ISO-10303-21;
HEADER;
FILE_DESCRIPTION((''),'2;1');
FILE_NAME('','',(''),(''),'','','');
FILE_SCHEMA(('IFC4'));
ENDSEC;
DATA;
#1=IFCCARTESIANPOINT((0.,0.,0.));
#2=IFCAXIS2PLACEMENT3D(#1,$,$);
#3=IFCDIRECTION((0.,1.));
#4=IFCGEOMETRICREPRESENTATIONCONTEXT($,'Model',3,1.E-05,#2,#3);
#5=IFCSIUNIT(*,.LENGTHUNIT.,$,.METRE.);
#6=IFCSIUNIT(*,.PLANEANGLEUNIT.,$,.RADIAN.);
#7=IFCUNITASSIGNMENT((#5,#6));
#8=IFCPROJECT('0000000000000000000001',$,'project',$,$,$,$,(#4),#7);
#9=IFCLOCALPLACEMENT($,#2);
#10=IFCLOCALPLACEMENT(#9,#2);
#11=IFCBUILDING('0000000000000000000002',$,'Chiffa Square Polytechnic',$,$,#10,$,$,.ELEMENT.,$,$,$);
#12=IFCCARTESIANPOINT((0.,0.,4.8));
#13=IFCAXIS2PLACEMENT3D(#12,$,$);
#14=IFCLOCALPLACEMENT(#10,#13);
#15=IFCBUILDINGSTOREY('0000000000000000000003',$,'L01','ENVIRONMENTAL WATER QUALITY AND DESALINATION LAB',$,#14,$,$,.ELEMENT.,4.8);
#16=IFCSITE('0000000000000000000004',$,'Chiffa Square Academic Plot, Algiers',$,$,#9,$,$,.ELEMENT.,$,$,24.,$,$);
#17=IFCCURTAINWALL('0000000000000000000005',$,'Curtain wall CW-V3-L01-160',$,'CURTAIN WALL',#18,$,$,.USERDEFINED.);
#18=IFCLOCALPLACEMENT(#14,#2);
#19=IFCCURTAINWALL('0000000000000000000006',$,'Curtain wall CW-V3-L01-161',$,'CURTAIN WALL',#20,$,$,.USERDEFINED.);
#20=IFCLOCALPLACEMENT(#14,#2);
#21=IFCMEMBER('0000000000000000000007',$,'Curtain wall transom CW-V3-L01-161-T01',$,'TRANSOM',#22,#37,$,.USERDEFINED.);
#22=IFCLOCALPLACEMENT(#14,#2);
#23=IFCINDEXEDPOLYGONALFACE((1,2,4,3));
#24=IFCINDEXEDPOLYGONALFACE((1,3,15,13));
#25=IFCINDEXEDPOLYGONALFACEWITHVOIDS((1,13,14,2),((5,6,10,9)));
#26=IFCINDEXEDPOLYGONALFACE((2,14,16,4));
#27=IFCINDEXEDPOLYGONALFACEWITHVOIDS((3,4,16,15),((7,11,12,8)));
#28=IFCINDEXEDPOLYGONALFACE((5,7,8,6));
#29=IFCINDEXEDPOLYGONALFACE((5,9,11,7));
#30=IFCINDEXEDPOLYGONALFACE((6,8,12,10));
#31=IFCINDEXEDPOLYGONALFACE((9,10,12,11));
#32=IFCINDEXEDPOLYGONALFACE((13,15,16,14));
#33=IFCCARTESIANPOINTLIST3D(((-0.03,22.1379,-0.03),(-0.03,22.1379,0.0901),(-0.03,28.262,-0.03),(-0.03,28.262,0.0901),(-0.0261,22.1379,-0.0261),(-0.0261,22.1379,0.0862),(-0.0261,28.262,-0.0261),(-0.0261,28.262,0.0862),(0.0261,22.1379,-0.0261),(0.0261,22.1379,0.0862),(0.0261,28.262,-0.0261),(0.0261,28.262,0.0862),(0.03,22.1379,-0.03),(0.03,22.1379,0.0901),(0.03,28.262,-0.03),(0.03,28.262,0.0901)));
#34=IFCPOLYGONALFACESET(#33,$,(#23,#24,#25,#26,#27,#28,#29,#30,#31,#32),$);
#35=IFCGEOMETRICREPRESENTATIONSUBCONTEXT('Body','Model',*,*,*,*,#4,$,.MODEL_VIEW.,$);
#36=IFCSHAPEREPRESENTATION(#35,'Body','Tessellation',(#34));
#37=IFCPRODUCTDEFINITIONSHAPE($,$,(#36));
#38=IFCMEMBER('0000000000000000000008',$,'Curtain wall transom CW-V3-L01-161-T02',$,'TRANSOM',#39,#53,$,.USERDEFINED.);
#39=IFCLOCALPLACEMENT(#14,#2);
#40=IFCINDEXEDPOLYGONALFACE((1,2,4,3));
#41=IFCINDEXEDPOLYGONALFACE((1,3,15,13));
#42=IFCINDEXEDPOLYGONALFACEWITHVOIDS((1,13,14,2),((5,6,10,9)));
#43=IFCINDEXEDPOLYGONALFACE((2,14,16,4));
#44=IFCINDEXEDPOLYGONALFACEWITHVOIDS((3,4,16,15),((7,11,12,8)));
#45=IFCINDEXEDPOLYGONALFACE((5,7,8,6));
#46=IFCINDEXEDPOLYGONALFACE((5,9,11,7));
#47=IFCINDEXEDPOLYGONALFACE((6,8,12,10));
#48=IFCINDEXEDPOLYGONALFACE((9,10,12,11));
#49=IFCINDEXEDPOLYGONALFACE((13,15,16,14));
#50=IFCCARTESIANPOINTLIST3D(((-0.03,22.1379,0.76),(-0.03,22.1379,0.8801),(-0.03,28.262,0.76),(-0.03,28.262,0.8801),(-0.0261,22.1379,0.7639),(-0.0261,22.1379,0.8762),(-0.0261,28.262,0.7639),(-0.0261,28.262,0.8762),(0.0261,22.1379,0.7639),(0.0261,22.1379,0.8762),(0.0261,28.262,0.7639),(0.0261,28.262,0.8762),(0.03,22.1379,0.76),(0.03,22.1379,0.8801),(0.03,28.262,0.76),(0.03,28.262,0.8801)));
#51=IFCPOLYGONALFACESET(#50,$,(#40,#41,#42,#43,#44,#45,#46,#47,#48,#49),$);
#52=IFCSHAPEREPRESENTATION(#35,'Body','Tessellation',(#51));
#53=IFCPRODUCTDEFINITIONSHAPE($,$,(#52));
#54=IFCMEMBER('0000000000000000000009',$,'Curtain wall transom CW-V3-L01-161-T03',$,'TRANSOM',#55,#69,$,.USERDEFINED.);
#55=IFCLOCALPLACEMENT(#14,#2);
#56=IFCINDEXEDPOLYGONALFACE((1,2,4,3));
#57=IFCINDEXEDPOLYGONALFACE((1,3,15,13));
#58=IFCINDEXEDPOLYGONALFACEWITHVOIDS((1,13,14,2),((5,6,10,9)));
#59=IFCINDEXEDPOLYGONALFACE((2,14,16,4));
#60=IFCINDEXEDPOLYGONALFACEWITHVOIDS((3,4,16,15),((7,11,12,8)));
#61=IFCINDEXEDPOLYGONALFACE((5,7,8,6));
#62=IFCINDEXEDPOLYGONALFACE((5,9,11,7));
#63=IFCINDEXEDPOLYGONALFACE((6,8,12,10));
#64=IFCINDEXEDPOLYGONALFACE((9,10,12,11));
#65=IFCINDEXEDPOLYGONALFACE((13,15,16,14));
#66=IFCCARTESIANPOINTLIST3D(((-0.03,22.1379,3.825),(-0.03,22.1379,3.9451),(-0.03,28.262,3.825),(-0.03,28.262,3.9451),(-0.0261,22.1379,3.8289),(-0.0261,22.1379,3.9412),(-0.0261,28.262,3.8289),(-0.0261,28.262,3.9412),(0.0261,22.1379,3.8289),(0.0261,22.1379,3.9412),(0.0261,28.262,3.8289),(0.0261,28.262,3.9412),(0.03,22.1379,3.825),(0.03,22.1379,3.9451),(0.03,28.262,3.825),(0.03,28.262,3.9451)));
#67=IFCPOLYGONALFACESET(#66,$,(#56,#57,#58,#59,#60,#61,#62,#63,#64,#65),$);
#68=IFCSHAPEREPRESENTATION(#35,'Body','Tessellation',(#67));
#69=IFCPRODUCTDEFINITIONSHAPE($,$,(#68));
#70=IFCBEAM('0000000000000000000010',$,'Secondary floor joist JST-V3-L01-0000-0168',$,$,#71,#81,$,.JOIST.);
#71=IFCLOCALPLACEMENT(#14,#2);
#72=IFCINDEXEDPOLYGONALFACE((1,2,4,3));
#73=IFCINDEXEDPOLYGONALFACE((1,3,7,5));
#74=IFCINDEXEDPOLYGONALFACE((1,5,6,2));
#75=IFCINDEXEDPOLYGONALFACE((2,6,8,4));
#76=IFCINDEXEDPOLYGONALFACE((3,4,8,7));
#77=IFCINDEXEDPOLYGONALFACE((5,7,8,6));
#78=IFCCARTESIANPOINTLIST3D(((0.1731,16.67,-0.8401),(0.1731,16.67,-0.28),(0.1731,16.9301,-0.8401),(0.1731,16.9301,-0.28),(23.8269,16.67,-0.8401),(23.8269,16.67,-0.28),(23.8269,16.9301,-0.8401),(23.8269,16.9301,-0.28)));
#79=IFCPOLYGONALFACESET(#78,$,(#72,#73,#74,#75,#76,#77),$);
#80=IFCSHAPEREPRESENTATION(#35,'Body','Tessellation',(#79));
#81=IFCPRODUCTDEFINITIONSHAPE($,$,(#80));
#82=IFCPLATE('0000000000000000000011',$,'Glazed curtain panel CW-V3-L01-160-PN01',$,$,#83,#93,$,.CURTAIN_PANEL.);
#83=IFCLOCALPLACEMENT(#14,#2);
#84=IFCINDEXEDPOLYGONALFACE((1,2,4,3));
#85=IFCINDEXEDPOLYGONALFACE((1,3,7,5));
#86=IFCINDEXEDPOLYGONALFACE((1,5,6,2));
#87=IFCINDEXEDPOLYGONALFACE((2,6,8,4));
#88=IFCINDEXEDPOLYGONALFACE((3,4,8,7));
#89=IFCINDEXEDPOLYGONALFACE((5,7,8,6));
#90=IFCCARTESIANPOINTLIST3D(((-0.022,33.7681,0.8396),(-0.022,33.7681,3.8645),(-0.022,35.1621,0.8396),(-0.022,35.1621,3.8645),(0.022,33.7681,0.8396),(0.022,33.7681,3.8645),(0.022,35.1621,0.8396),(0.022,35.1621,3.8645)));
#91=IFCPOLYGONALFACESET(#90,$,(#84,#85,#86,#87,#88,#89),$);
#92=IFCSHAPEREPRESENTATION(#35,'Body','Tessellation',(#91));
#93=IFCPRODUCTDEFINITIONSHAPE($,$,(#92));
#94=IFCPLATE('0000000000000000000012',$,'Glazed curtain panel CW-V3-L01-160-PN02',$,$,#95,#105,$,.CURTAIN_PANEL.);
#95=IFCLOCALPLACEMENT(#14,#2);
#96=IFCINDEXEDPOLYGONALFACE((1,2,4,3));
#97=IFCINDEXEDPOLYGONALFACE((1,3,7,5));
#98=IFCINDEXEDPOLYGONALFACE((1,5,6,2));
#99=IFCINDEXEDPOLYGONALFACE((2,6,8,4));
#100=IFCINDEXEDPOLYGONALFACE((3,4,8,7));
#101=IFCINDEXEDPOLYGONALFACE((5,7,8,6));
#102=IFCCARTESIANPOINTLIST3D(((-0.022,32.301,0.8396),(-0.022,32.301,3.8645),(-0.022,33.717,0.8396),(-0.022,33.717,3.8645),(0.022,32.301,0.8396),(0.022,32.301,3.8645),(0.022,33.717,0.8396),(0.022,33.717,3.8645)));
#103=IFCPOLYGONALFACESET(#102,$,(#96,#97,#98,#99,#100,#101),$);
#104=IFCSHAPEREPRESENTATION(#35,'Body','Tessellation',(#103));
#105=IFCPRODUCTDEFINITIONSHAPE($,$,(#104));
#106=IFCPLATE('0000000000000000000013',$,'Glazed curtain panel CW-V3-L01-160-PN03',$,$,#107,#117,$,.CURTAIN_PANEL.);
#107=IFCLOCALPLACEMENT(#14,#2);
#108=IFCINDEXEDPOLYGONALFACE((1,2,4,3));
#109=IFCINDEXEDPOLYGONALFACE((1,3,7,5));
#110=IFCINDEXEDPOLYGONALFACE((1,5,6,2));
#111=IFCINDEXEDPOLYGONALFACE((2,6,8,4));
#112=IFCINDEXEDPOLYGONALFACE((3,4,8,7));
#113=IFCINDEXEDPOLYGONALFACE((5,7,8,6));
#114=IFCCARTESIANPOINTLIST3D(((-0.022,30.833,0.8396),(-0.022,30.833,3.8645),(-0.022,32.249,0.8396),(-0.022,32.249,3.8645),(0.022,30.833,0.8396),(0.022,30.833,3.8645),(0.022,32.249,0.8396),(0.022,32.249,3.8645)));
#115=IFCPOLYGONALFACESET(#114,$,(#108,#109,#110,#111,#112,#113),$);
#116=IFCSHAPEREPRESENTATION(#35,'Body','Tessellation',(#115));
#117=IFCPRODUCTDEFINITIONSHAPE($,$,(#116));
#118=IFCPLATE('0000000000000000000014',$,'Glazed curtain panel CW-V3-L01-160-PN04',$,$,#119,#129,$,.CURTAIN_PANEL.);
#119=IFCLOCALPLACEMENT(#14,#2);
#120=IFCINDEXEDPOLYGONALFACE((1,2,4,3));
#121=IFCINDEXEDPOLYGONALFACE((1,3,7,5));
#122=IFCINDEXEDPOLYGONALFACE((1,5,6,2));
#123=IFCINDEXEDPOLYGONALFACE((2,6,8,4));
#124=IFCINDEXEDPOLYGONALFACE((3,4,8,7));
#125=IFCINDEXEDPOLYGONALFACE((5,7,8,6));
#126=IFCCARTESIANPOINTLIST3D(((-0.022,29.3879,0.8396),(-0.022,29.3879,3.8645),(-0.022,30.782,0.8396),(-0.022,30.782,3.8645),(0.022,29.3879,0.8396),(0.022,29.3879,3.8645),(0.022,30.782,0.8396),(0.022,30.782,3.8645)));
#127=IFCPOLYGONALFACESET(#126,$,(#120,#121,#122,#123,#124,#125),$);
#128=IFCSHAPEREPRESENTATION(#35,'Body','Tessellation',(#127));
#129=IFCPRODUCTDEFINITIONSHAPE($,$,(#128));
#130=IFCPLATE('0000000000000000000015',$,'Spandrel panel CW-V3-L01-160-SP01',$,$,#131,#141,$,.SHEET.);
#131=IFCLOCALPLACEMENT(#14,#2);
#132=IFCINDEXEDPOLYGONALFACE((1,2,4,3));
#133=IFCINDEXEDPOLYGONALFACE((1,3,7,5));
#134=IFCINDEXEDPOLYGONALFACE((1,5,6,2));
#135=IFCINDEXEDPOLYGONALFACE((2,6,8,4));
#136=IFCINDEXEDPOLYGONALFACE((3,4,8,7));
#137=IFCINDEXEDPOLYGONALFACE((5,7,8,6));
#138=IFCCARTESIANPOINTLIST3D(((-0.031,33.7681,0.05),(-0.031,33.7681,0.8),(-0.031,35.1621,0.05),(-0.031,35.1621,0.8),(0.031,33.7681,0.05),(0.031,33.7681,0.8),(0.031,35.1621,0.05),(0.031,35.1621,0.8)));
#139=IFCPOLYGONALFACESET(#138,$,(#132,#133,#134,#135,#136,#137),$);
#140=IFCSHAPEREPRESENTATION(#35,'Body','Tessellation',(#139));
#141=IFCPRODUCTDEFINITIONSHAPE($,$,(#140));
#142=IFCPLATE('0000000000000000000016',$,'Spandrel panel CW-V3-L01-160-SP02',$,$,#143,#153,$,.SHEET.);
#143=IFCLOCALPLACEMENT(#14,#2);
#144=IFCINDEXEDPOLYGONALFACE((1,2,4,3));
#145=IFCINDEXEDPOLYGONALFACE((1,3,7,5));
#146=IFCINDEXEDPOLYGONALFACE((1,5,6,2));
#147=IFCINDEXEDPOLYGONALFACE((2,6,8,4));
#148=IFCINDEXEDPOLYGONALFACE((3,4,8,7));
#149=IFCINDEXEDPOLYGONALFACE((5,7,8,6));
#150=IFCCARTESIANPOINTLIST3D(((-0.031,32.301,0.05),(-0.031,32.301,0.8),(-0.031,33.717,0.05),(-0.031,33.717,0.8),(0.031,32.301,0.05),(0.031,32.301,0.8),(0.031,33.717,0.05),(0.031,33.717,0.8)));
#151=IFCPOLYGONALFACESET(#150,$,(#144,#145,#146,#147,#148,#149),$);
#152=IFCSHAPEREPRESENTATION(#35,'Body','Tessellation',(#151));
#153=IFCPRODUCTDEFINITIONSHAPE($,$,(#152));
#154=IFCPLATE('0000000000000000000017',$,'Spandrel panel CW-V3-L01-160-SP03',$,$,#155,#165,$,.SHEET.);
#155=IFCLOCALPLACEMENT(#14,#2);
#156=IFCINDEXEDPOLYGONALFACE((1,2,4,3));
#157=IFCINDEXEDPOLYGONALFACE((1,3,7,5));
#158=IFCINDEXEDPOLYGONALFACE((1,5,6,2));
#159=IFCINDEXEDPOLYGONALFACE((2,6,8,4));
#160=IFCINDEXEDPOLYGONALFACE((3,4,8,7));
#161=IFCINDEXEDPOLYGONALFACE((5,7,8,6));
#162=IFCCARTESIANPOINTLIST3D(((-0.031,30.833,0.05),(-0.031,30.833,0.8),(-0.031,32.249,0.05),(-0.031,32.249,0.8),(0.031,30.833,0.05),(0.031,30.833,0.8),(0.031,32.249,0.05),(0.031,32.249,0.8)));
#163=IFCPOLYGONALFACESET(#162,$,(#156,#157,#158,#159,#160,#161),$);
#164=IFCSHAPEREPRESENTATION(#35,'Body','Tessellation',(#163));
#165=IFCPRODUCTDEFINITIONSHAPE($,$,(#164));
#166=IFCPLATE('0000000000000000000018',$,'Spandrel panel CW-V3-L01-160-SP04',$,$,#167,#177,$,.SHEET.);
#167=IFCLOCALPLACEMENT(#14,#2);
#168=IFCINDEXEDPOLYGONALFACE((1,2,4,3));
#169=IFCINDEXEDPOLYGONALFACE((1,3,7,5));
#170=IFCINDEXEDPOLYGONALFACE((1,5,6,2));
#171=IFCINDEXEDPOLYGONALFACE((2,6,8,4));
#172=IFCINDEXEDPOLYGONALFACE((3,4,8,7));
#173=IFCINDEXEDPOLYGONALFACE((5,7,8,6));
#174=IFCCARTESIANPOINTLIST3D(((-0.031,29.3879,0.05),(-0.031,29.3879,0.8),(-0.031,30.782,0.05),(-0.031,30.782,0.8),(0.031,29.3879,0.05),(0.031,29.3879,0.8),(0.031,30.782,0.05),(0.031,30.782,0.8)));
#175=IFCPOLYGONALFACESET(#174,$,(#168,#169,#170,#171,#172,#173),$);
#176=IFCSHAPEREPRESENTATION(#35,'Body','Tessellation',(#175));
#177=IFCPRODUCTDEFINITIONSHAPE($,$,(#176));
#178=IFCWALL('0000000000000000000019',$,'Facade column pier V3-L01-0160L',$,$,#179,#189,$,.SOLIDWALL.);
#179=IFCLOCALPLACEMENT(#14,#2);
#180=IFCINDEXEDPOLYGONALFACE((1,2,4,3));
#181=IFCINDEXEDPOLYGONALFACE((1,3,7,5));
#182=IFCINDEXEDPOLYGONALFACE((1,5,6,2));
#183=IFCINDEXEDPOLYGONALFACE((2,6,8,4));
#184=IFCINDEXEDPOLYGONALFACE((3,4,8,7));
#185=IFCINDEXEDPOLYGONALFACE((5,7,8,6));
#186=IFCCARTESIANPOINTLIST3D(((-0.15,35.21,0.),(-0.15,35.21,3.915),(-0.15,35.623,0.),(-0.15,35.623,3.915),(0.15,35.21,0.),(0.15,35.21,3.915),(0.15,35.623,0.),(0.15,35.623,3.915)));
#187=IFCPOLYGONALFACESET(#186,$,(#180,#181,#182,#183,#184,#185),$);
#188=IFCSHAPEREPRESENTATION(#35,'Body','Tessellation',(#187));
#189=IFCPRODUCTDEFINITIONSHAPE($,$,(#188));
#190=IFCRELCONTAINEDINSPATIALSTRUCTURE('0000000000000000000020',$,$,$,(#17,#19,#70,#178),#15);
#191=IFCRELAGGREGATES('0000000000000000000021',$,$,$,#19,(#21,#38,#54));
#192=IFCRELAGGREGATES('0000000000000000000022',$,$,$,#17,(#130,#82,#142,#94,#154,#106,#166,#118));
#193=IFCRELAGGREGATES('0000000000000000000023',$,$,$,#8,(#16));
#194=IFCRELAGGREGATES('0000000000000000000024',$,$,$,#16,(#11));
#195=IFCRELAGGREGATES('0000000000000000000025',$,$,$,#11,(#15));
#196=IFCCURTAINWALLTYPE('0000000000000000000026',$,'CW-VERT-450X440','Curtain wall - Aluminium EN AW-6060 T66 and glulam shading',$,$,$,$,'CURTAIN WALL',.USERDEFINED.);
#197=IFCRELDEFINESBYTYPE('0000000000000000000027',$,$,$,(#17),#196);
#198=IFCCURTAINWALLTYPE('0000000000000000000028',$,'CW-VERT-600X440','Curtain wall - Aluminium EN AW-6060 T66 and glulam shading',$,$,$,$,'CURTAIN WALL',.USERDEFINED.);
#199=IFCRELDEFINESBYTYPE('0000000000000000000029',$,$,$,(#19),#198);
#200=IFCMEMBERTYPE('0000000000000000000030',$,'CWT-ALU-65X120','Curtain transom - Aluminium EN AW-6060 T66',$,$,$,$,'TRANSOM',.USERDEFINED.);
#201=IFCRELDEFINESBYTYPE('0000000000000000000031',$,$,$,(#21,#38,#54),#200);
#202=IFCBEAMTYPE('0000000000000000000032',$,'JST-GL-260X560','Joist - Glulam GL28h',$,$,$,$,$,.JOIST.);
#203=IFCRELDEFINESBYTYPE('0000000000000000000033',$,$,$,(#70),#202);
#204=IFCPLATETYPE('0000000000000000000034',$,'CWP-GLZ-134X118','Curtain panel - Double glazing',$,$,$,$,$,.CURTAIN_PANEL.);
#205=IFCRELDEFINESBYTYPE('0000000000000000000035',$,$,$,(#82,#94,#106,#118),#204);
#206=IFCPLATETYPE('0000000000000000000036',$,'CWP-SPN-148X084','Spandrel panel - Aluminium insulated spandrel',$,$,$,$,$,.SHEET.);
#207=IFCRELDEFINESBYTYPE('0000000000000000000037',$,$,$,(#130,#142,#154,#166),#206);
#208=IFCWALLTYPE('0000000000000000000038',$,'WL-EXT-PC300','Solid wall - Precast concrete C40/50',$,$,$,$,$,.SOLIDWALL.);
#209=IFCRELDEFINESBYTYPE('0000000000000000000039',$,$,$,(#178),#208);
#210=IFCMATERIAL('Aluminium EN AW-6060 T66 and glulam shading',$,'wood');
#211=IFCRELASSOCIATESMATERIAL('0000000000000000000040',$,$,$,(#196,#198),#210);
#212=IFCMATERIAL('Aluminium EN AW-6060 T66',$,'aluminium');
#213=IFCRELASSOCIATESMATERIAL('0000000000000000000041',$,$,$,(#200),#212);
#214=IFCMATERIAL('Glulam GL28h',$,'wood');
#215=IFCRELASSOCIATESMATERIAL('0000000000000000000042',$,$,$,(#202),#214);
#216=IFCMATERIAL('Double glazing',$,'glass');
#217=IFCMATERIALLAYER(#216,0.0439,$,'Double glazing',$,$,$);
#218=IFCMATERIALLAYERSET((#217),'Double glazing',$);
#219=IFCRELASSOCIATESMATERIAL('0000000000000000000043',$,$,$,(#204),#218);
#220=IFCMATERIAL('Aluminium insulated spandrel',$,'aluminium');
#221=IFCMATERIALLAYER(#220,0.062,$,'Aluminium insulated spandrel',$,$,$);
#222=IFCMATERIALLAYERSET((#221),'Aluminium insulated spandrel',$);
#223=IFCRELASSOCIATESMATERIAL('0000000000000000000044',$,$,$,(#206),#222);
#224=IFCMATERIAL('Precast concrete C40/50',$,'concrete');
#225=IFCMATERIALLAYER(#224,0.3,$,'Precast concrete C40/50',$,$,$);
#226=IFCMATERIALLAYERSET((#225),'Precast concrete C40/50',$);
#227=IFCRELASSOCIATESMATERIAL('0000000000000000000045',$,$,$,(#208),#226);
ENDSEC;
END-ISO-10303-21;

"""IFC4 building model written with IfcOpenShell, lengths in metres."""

from ifc_helpers import new_model, si_unit, direction, frame, frame_2d, origin, origin_2d, place, context, subcontext, project, spatial, rectangle, hollow_rectangle, extrude, material, layer, layer_set, material_profile, profile_set, type_object, element, aggregate, save


model = new_model("IFC4")

# Units and contexts
model_context = context("Model", 3, precision=1e-05, world=origin(), true_north=direction((0.0, 1.0)))
body_context = subcontext(model_context, "Body", "Model", "MODEL_VIEW")
ifc_project = project(units=[si_unit("LENGTHUNIT", "METRE"), si_unit("PLANEANGLEUNIT", "RADIAN")], contexts=[model_context])

# Site, building, storey
site_placement = place(None, origin())
site = spatial("IfcSite", under=ifc_project, at=site_placement, Name="Chiffa Square Academic Plot, Algiers", CompositionType="ELEMENT", RefElevation=24.0)
building_placement = place(site_placement, origin())
building = spatial("IfcBuilding", under=site, at=building_placement, Name="Chiffa Square Polytechnic", CompositionType="ELEMENT")
storey_placement = place(building_placement, frame((0.0, 0.0, 4.8)))
storey = spatial("IfcBuildingStorey", under=building, at=storey_placement, Name="L01", Description="ENVIRONMENTAL WATER QUALITY AND DESALINATION LAB", CompositionType="ELEMENT", Elevation=4.8)

# Curtain walls, members
ifc_material_1 = material(Name="Aluminium EN AW-6060 T66 and glulam shading", Category="wood")
curtain_wall_type_1 = type_object("IfcCurtainWallType", Name="CW-VERT-450X440", Description="Curtain wall - Aluminium EN AW-6060 T66 and glulam shading", ElementType="CURTAIN WALL", PredefinedType="USERDEFINED", material=ifc_material_1)
curtain_wall_1_placement = place(storey_placement, origin())
curtain_wall_1 = element("IfcCurtainWall", 1, at=curtain_wall_1_placement, inside=storey, type_object=curtain_wall_type_1, Name="Curtain wall CW-V3-L01-160", ObjectType="CURTAIN WALL", PredefinedType="USERDEFINED")
ifc_material_2 = material(Name="Aluminium EN AW-6060 T66", Category="aluminium")
ifc_material_profile_1 = material_profile(ifc_material_2, hollow_rectangle(XDim=0.0601, YDim=0.1201, WallThickness=0.0039, at=origin_2d()), Name="ALU 60x120x4")
ifc_profile_set_1 = profile_set([ifc_material_profile_1], Name="Aluminium EN AW-6060 T66")
member_type_1 = type_object("IfcMemberType", Name="CWT-ALU-65X120", Description="Curtain transom - Aluminium EN AW-6060 T66", ElementType="TRANSOM", PredefinedType="USERDEFINED", material=ifc_profile_set_1)
curtain_wall_type_2 = type_object("IfcCurtainWallType", Name="CW-VERT-600X440", Description="Curtain wall - Aluminium EN AW-6060 T66 and glulam shading", ElementType="CURTAIN WALL", PredefinedType="USERDEFINED", material=ifc_material_1)
curtain_wall_2_placement = place(storey_placement, origin())
curtain_wall_2 = element("IfcCurtainWall", 2, at=curtain_wall_2_placement, inside=storey, type_object=curtain_wall_type_2, Name="Curtain wall CW-V3-L01-161", ObjectType="CURTAIN WALL", PredefinedType="USERDEFINED")
member_1_placement = place(storey_placement, frame((0.0, 28.262, 0.03), z_axis=(0.0, -1.0, 0.0), x_axis=(1.0, 0.0, 0.0)))
member_1 = element("IfcMember", 3, at=member_1_placement, type_object=member_type_1, Name="Curtain wall transom CW-V3-L01-161-T01", ObjectType="TRANSOM", PredefinedType="USERDEFINED", context=body_context, shape_type="SweptSolid", body=[
    extrude(hollow_rectangle(XDim=0.0601, YDim=0.1201, WallThickness=0.0039, at=origin_2d()), origin(), (0.0, 0.0, 1.0), 6.124),
])
member_2_placement = place(storey_placement, frame((0.0, 28.262, 0.8201), z_axis=(0.0, -1.0, 0.0), x_axis=(1.0, 0.0, 0.0)))
member_2 = element("IfcMember", 4, at=member_2_placement, type_object=member_type_1, Name="Curtain wall transom CW-V3-L01-161-T02", ObjectType="TRANSOM", PredefinedType="USERDEFINED", context=body_context, shape_type="SweptSolid", body=[
    extrude(hollow_rectangle(XDim=0.0601, YDim=0.1201, WallThickness=0.0039, at=origin_2d()), origin(), (0.0, 0.0, 1.0), 6.124),
])
member_3_placement = place(storey_placement, frame((0.0, 28.262, 3.885), z_axis=(0.0, -1.0, 0.0), x_axis=(1.0, 0.0, 0.0)))
member_3 = element("IfcMember", 5, at=member_3_placement, type_object=member_type_1, Name="Curtain wall transom CW-V3-L01-161-T03", ObjectType="TRANSOM", PredefinedType="USERDEFINED", context=body_context, shape_type="SweptSolid", body=[
    extrude(hollow_rectangle(XDim=0.0601, YDim=0.1201, WallThickness=0.0039, at=origin_2d()), origin(), (0.0, 0.0, 1.0), 6.124),
])
aggregate(curtain_wall_2, [member_1, member_2, member_3])

# Beam
ifc_material_3 = material(Name="Glulam GL28h", Category="wood")
ifc_material_profile_2 = material_profile(ifc_material_3, rectangle(XDim=0.26, YDim=0.5601, at=origin_2d()), Name="GL28h 260x560")
ifc_profile_set_2 = profile_set([ifc_material_profile_2], Name="Glulam GL28h")
beam_type_1 = type_object("IfcBeamType", Name="JST-GL-260X560", Description="Joist - Glulam GL28h", PredefinedType="JOIST", material=ifc_profile_set_2)
beam_1_placement = place(storey_placement, frame((0.1731, 16.8, -0.5601), z_axis=(1.0, 0.0, 0.0), x_axis=(0.0, 1.0, 0.0)))
element("IfcBeam", 6, at=beam_1_placement, inside=storey, type_object=beam_type_1, Name="Secondary floor joist JST-V3-L01-0000-0168", PredefinedType="JOIST", context=body_context, shape_type="SweptSolid", body=[
    extrude(rectangle(XDim=0.26, YDim=0.5601, at=origin_2d()), origin(), (0.0, 0.0, 1.0), 23.6538),
])

# Plates
ifc_material_4 = material(Name="Double glazing", Category="glass")
ifc_layer_1 = layer(ifc_material_4, 0.0439, Name="Double glazing")
ifc_layer_set_1 = layer_set([ifc_layer_1], Name="Double glazing")
plate_type_1 = type_object("IfcPlateType", Name="CWP-GLZ-134X118", Description="Curtain panel - Double glazing", PredefinedType="CURTAIN_PANEL", material=ifc_layer_set_1)
plate_1_placement = place(storey_placement, frame((0.0, 34.4651, 0.8396), z_axis=(0.0, 0.0, 1.0), x_axis=(0.0, -1.0, 0.0)))
plate_1 = element("IfcPlate", 7, at=plate_1_placement, type_object=plate_type_1, Name="Glazed curtain panel CW-V3-L01-160-PN01", PredefinedType="CURTAIN_PANEL", context=body_context, shape_type="SweptSolid", body=[
    extrude(rectangle(XDim=1.394, YDim=0.0439, at=origin_2d()), origin(), (0.0, 0.0, 1.0), 3.0249),
])
plate_2_placement = place(storey_placement, frame((0.0, 33.009, 0.8396), z_axis=(0.0, 0.0, 1.0), x_axis=(0.0, -1.0, 0.0)))
plate_2 = element("IfcPlate", 8, at=plate_2_placement, type_object=plate_type_1, Name="Glazed curtain panel CW-V3-L01-160-PN02", PredefinedType="CURTAIN_PANEL", context=body_context, shape_type="SweptSolid", body=[
    extrude(rectangle(XDim=1.416, YDim=0.0439, at=origin_2d()), origin(), (0.0, 0.0, 1.0), 3.0249),
])
plate_3_placement = place(storey_placement, frame((0.0, 31.541, 0.8396), z_axis=(0.0, 0.0, 1.0), x_axis=(0.0, -1.0, 0.0)))
plate_3 = element("IfcPlate", 9, at=plate_3_placement, type_object=plate_type_1, Name="Glazed curtain panel CW-V3-L01-160-PN03", PredefinedType="CURTAIN_PANEL", context=body_context, shape_type="SweptSolid", body=[
    extrude(rectangle(XDim=1.416, YDim=0.0439, at=origin_2d()), origin(), (0.0, 0.0, 1.0), 3.0249),
])
plate_4_placement = place(storey_placement, frame((0.0, 30.085, 0.8396), z_axis=(0.0, 0.0, 1.0), x_axis=(0.0, -1.0, 0.0)))
plate_4 = element("IfcPlate", 10, at=plate_4_placement, type_object=plate_type_1, Name="Glazed curtain panel CW-V3-L01-160-PN04", PredefinedType="CURTAIN_PANEL", context=body_context, shape_type="SweptSolid", body=[
    extrude(rectangle(XDim=1.394, YDim=0.0439, at=origin_2d()), origin(), (0.0, 0.0, 1.0), 3.0249),
])
ifc_material_5 = material(Name="Aluminium insulated spandrel", Category="aluminium")
ifc_layer_2 = layer(ifc_material_5, 0.062, Name="Aluminium insulated spandrel")
ifc_layer_set_2 = layer_set([ifc_layer_2], Name="Aluminium insulated spandrel")
plate_type_2 = type_object("IfcPlateType", Name="CWP-SPN-148X084", Description="Spandrel panel - Aluminium insulated spandrel", PredefinedType="SHEET", material=ifc_layer_set_2)
plate_5_placement = place(storey_placement, frame((0.0, 34.4651, 0.05), z_axis=(0.0, 0.0, 1.0), x_axis=(0.0, -1.0, 0.0)))
plate_5 = element("IfcPlate", 11, at=plate_5_placement, type_object=plate_type_2, Name="Spandrel panel CW-V3-L01-160-SP01", PredefinedType="SHEET", context=body_context, shape_type="SweptSolid", body=[
    extrude(rectangle(XDim=1.394, YDim=0.062, at=origin_2d()), origin(), (0.0, 0.0, 1.0), 0.75),
])
plate_6_placement = place(storey_placement, frame((0.0, 33.009, 0.05), z_axis=(0.0, 0.0, 1.0), x_axis=(0.0, -1.0, 0.0)))
plate_6 = element("IfcPlate", 12, at=plate_6_placement, type_object=plate_type_2, Name="Spandrel panel CW-V3-L01-160-SP02", PredefinedType="SHEET", context=body_context, shape_type="SweptSolid", body=[
    extrude(rectangle(XDim=1.416, YDim=0.062, at=origin_2d()), origin(), (0.0, 0.0, 1.0), 0.75),
])
plate_7_placement = place(storey_placement, frame((0.0, 31.541, 0.05), z_axis=(0.0, 0.0, 1.0), x_axis=(0.0, -1.0, 0.0)))
plate_7 = element("IfcPlate", 13, at=plate_7_placement, type_object=plate_type_2, Name="Spandrel panel CW-V3-L01-160-SP03", PredefinedType="SHEET", context=body_context, shape_type="SweptSolid", body=[
    extrude(rectangle(XDim=1.416, YDim=0.062, at=origin_2d()), origin(), (0.0, 0.0, 1.0), 0.75),
])
plate_8_placement = place(storey_placement, frame((0.0, 30.085, 0.05), z_axis=(0.0, 0.0, 1.0), x_axis=(0.0, -1.0, 0.0)))
plate_8 = element("IfcPlate", 14, at=plate_8_placement, type_object=plate_type_2, Name="Spandrel panel CW-V3-L01-160-SP04", PredefinedType="SHEET", context=body_context, shape_type="SweptSolid", body=[
    extrude(rectangle(XDim=1.394, YDim=0.062, at=origin_2d()), origin(), (0.0, 0.0, 1.0), 0.75),
])
aggregate(curtain_wall_1, [plate_5, plate_1, plate_6, plate_2, plate_7, plate_3, plate_8, plate_4])

# Wall
ifc_material_6 = material(Name="Precast concrete C40/50", Category="concrete")
ifc_layer_3 = layer(ifc_material_6, 0.3, Name="Precast concrete C40/50")
ifc_layer_set_3 = layer_set([ifc_layer_3], Name="Precast concrete C40/50")
wall_type_1 = type_object("IfcWallType", Name="WL-EXT-PC300", Description="Solid wall - Precast concrete C40/50", PredefinedType="SOLIDWALL", material=ifc_layer_set_3)
wall_1_placement = place(storey_placement, frame((0.0, 35.623, 0.0), z_axis=(0.0, 0.0, 1.0), x_axis=(0.0, -1.0, 0.0)))
element("IfcWall", 15, at=wall_1_placement, inside=storey, type_object=wall_type_1, Name="Facade column pier V3-L01-0160L", PredefinedType="SOLIDWALL", context=body_context, shape_type="SweptSolid", body=[
    extrude(rectangle(XDim=0.4131, YDim=0.3, at=frame_2d((0.2065, 0.0))), origin(), (0.0, 0.0, 1.0), 3.915),
])

save(model, "model.ifc")
